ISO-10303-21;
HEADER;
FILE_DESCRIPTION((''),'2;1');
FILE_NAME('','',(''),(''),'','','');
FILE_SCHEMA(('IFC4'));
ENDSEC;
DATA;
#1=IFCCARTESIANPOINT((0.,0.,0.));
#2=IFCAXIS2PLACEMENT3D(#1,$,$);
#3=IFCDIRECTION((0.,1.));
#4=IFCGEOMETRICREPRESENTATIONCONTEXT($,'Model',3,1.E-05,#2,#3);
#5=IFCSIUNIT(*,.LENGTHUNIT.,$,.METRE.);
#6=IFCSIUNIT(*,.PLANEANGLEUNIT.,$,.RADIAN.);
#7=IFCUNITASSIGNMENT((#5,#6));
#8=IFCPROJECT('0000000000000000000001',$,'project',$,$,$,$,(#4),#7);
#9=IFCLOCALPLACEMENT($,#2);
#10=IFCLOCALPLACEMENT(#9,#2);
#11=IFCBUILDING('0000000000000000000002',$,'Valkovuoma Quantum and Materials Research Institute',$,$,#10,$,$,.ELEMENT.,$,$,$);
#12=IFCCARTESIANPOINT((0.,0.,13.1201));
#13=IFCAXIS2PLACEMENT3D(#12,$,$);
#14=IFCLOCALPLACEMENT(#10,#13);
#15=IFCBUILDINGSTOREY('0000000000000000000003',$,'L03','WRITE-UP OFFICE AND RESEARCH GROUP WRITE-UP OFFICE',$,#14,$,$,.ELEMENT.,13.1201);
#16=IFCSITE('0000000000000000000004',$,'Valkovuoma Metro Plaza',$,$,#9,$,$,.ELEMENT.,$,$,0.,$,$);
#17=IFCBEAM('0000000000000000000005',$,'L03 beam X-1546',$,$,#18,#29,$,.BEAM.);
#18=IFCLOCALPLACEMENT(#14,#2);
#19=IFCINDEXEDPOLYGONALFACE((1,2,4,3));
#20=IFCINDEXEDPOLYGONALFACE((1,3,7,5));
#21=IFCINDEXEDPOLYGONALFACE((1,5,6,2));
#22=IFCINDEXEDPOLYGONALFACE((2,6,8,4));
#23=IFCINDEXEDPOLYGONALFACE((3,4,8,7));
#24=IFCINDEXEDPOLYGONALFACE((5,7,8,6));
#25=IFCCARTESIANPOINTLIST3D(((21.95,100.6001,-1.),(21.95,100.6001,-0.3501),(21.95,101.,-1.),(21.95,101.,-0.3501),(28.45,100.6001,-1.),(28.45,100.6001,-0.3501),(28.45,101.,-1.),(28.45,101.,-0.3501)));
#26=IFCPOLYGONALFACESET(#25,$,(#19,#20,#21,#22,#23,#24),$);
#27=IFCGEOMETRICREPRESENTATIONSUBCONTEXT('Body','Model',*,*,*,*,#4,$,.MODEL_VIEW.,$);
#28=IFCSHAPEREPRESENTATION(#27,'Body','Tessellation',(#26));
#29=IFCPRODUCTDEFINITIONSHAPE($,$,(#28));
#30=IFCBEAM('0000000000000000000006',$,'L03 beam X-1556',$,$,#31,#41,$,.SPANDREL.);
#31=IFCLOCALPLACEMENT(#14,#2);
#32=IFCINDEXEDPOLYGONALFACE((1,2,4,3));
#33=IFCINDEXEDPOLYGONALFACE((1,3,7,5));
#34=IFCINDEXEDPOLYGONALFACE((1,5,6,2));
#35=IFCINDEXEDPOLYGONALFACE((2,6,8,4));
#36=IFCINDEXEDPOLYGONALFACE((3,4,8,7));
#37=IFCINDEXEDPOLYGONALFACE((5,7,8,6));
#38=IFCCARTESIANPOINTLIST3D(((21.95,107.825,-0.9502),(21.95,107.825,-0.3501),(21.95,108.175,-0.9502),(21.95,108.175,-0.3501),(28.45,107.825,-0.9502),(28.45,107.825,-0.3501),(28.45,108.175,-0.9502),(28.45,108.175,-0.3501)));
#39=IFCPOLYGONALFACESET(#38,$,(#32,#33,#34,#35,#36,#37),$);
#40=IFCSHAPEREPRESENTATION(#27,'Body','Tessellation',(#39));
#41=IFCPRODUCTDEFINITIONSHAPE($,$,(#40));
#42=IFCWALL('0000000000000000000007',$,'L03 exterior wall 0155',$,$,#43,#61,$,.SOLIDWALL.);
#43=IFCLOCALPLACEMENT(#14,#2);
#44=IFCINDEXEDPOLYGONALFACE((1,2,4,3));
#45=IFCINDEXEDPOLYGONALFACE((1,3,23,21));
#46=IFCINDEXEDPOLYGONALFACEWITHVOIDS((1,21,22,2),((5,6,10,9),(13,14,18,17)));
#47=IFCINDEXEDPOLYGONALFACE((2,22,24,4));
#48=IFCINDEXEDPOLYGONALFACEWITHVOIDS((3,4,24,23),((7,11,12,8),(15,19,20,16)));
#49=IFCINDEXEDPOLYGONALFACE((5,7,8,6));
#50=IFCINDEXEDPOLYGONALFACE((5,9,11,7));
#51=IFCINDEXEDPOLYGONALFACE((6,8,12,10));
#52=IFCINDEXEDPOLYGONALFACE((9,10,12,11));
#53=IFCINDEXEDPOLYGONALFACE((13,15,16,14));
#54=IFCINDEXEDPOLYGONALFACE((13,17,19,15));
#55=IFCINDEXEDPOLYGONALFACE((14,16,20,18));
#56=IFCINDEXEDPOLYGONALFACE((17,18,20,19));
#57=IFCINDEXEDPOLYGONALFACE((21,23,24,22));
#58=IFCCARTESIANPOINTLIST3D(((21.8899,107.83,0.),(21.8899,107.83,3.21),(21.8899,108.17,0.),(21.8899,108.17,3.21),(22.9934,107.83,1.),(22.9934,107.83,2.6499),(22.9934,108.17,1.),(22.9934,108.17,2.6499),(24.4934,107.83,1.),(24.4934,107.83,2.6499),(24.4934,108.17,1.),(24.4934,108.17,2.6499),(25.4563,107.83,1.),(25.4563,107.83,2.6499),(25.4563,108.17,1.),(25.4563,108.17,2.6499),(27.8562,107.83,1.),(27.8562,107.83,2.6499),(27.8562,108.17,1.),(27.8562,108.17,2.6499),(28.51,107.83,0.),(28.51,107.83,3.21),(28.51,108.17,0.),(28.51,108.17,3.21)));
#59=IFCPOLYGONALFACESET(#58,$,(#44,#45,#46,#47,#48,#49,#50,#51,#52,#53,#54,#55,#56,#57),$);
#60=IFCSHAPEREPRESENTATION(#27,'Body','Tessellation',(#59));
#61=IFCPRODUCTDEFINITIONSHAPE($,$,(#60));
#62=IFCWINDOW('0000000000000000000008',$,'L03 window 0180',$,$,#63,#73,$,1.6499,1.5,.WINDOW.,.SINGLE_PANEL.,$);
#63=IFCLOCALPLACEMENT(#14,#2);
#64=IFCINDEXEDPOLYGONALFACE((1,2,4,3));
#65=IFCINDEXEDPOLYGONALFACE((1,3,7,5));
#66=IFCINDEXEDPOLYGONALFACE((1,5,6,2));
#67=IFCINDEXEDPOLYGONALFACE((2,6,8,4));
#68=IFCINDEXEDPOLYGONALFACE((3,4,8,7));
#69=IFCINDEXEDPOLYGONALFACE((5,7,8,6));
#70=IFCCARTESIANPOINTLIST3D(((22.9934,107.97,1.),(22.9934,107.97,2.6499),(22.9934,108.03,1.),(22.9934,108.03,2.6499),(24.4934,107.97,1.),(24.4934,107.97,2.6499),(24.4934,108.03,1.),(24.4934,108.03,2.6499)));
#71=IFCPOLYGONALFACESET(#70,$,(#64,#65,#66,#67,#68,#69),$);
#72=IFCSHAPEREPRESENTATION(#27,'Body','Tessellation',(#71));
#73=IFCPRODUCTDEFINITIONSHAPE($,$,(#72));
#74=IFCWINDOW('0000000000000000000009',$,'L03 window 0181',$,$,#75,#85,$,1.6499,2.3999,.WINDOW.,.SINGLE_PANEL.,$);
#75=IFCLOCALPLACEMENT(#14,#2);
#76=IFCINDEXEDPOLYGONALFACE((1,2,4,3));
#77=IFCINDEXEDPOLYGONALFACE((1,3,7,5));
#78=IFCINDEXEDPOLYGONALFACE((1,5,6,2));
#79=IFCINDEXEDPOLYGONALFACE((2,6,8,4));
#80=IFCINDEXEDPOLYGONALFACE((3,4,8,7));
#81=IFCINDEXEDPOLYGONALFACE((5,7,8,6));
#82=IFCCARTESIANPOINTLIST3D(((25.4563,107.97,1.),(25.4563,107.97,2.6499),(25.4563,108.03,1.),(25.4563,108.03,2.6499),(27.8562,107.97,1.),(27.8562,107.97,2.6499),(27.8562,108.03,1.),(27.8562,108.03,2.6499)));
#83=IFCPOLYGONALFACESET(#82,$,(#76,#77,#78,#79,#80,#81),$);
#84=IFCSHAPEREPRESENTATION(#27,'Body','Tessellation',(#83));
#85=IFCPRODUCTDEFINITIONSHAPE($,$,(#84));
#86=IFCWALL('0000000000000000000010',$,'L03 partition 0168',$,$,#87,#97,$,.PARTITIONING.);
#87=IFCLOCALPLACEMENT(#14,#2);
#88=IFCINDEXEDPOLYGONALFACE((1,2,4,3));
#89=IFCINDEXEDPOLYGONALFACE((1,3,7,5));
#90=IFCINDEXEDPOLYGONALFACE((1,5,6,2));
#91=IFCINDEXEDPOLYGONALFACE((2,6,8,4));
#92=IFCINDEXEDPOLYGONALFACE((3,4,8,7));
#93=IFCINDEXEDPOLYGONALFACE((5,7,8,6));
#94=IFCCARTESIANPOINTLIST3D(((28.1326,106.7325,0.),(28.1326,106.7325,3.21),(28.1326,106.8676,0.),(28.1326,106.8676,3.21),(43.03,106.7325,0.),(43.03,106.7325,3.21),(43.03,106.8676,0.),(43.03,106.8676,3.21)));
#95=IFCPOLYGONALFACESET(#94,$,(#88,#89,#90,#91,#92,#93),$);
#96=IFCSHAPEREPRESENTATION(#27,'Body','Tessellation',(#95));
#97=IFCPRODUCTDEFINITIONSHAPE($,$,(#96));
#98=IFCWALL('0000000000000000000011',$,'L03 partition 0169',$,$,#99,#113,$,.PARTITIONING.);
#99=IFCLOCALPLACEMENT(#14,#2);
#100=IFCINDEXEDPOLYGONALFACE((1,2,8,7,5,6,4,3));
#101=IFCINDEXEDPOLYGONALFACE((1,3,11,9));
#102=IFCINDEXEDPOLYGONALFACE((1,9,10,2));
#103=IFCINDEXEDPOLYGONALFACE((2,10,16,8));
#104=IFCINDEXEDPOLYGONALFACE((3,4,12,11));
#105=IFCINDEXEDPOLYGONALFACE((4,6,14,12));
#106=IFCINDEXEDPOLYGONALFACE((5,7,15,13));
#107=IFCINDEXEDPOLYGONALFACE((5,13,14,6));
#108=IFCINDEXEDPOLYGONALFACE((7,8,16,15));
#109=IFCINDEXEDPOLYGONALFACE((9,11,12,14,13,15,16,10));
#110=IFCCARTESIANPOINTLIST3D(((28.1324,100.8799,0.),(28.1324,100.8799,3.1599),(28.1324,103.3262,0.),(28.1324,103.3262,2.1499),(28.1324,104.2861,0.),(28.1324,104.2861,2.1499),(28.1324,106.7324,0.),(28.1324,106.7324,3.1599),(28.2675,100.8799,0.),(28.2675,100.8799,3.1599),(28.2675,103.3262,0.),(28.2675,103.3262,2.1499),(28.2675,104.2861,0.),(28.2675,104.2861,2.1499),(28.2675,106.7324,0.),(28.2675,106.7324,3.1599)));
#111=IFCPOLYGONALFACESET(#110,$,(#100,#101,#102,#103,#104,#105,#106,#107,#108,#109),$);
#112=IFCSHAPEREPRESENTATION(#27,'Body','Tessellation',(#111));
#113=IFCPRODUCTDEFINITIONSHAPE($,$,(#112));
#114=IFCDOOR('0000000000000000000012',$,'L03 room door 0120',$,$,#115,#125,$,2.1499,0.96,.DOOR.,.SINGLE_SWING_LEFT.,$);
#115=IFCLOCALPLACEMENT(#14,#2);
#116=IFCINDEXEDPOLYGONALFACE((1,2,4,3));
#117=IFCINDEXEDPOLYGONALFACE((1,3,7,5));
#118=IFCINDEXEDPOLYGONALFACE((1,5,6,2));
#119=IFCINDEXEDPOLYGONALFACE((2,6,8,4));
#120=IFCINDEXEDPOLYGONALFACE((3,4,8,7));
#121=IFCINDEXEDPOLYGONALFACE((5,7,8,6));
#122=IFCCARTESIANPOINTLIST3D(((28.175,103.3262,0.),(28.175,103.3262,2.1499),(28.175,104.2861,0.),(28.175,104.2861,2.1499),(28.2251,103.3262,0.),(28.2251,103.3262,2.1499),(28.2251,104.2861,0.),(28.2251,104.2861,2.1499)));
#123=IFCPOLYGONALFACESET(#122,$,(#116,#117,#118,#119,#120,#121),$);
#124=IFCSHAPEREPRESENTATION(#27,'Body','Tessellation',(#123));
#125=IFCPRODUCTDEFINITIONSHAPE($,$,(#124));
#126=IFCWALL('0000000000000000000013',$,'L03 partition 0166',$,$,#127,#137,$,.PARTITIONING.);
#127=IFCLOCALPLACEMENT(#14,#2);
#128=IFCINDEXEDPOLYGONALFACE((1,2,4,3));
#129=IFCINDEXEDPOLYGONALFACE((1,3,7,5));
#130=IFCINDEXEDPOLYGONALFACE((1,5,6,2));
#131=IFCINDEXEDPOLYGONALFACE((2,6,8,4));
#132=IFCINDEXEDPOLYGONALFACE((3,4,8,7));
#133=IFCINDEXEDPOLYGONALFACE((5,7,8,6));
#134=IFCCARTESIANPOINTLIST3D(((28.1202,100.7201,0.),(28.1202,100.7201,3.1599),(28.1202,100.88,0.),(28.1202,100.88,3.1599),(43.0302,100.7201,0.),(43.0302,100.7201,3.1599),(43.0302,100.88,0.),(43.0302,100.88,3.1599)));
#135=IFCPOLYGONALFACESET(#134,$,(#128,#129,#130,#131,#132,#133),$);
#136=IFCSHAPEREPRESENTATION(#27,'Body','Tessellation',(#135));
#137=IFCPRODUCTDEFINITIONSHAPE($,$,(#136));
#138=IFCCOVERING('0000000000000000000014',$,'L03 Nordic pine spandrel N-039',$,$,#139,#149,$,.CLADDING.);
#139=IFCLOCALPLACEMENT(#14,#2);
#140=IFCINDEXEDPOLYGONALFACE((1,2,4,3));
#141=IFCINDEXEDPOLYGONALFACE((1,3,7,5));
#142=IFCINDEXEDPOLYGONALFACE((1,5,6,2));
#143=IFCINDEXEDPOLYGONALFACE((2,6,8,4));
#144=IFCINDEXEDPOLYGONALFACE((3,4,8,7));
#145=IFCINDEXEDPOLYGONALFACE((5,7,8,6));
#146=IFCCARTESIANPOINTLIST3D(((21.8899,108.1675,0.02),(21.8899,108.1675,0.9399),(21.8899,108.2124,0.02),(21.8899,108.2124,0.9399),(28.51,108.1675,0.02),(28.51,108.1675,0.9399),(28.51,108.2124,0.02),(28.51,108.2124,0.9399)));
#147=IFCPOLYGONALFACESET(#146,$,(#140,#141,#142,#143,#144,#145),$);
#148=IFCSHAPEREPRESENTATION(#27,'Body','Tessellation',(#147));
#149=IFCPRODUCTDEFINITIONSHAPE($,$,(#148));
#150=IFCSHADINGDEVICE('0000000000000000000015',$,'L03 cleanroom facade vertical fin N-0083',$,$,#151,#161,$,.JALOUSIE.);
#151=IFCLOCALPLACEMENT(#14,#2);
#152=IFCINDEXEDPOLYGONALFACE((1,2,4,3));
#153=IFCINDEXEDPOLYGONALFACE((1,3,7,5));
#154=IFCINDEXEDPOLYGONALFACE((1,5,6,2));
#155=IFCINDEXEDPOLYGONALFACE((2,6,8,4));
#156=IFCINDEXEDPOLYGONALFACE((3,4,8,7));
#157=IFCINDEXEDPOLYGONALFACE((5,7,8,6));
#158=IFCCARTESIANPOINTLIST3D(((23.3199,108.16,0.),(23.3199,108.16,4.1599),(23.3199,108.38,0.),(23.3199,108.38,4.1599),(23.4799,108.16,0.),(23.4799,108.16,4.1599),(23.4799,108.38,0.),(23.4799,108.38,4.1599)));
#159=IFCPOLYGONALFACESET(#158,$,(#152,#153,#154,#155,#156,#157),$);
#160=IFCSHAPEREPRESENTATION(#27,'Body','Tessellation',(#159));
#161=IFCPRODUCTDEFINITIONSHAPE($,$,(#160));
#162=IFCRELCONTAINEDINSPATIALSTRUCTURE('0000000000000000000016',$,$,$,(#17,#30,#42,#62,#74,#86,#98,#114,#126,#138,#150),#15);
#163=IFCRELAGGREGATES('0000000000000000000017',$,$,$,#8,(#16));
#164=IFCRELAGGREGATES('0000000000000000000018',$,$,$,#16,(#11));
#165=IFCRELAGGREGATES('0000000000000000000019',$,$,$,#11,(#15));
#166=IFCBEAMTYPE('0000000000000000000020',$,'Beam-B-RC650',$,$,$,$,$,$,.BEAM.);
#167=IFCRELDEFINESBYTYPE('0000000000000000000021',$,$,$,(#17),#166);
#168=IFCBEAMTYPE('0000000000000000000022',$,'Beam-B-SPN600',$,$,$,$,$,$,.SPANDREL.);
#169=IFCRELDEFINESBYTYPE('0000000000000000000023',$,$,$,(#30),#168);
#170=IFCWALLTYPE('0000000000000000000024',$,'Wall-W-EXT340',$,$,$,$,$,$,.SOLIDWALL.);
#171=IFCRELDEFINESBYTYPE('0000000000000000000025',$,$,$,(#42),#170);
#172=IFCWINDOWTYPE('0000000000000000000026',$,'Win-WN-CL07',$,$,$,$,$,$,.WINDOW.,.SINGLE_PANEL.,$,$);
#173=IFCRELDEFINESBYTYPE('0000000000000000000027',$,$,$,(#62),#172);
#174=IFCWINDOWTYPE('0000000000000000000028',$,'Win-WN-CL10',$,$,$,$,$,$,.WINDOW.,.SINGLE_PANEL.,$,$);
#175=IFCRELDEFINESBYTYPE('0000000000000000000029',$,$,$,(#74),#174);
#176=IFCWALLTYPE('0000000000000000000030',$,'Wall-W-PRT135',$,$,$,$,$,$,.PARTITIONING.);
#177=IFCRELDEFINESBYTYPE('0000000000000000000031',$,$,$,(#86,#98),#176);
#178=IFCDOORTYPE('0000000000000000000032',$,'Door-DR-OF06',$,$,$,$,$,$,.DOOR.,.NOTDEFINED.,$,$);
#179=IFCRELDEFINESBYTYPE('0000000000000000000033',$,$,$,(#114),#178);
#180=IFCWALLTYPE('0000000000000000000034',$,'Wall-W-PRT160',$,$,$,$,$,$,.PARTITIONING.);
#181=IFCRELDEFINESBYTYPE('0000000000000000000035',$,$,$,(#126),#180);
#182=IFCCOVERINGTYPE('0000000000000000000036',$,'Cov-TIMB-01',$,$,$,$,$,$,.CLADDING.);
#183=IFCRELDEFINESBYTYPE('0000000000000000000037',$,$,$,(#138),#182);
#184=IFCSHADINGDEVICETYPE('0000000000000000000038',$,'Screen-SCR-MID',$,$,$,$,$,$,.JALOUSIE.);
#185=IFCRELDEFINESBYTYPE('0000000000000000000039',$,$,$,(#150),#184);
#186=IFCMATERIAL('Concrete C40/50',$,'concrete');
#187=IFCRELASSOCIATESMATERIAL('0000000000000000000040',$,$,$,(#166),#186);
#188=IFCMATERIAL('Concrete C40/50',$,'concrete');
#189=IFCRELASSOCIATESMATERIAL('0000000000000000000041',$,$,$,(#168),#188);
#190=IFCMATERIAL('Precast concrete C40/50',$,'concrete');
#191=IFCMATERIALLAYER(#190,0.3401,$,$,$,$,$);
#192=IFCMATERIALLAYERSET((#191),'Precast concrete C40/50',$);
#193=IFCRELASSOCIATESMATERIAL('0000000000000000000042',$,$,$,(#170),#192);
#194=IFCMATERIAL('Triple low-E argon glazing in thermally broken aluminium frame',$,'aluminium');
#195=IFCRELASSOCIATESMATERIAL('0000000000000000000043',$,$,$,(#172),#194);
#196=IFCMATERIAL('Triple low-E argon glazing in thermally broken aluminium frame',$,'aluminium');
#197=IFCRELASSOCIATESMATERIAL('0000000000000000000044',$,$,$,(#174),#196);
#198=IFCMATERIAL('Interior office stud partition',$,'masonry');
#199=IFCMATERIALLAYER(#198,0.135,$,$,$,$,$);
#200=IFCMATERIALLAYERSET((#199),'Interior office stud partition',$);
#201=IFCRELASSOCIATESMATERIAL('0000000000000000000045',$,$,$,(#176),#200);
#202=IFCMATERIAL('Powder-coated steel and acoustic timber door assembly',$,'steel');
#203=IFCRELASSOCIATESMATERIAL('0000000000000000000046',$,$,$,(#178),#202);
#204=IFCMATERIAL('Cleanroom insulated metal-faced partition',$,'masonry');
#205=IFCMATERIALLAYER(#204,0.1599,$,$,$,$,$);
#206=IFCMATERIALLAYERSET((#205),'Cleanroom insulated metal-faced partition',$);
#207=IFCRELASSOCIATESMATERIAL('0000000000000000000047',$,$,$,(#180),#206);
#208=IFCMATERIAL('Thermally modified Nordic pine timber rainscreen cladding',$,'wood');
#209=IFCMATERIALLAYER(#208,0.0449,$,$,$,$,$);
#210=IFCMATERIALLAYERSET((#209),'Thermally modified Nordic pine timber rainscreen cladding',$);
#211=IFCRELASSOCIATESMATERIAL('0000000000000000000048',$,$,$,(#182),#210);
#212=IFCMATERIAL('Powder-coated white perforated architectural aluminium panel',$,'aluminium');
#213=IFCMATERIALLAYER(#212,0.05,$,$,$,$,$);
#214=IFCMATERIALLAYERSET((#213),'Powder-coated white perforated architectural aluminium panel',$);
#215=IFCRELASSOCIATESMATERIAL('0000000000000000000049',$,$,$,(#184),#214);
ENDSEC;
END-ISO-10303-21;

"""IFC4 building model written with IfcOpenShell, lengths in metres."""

from ifc_helpers import new_model, si_unit, direction, frame, frame_2d, origin, origin_2d, place, context, subcontext, project, spatial, rectangle, extrude, material, layer, layer_set, material_profile, profile_set, type_object, element, fill, save


model = new_model("IFC4")

# Units and contexts
model_context = context("Model", 3, precision=1e-05, world=origin(), true_north=direction((0.0, 1.0)))
body_context = subcontext(model_context, "Body", "Model", "MODEL_VIEW")
ifc_project = project(units=[si_unit("LENGTHUNIT", "METRE"), si_unit("PLANEANGLEUNIT", "RADIAN")], contexts=[model_context])

# Site, building, storey
site_placement = place(None, origin())
site = spatial("IfcSite", under=ifc_project, at=site_placement, Name="Valkovuoma Metro Plaza", CompositionType="ELEMENT", RefElevation=0.0)
building_placement = place(site_placement, origin())
building = spatial("IfcBuilding", under=site, at=building_placement, Name="Valkovuoma Quantum and Materials Research Institute", CompositionType="ELEMENT")
storey_placement = place(building_placement, frame((0.0, 0.0, 13.1201)))
storey = spatial("IfcBuildingStorey", under=building, at=storey_placement, Name="L03", Description="WRITE-UP OFFICE AND RESEARCH GROUP WRITE-UP OFFICE", CompositionType="ELEMENT", Elevation=13.1201)

# Beams
ifc_material_1 = material(Name="Concrete C40/50", Category="concrete")
ifc_material_profile_1 = material_profile(ifc_material_1, rectangle(XDim=0.3999, YDim=0.6499, at=origin_2d()), Name="Concrete C40/50")
ifc_profile_set_1 = profile_set([ifc_material_profile_1], Name="Concrete C40/50")
beam_type_1 = type_object("IfcBeamType", Name="Beam-B-RC650", PredefinedType="BEAM", material=ifc_profile_set_1)
beam_1_placement = place(storey_placement, frame((21.95, 100.8, -0.675), z_axis=(1.0, 0.0, 0.0), x_axis=(0.0, 1.0, 0.0)))
element("IfcBeam", 1, at=beam_1_placement, inside=storey, type_object=beam_type_1, Name="L03 beam X-1546", PredefinedType="BEAM", context=body_context, shape_type="SweptSolid", body=[
    extrude(rectangle(XDim=0.3999, YDim=0.6499, at=origin_2d()), origin(), (0.0, 0.0, 1.0), 6.5),
])
ifc_material_2 = material(Name="Concrete C40/50", Category="concrete")
ifc_material_profile_2 = material_profile(ifc_material_2, rectangle(XDim=0.3501, YDim=0.6001, at=origin_2d()), Name="Concrete C40/50")
ifc_profile_set_2 = profile_set([ifc_material_profile_2], Name="Concrete C40/50")
beam_type_2 = type_object("IfcBeamType", Name="Beam-B-SPN600", PredefinedType="SPANDREL", material=ifc_profile_set_2)
beam_2_placement = place(storey_placement, frame((21.95, 108.0, -0.6501), z_axis=(1.0, 0.0, 0.0), x_axis=(0.0, 1.0, 0.0)))
element("IfcBeam", 2, at=beam_2_placement, inside=storey, type_object=beam_type_2, Name="L03 beam X-1556", PredefinedType="SPANDREL", context=body_context, shape_type="SweptSolid", body=[
    extrude(rectangle(XDim=0.3501, YDim=0.6001, at=origin_2d()), origin(), (0.0, 0.0, 1.0), 6.5),
])

# Wall, openings, windows
ifc_material_3 = material(Name="Precast concrete C40/50", Category="concrete")
ifc_layer_1 = layer(ifc_material_3, 0.3401)
ifc_layer_set_1 = layer_set([ifc_layer_1], Name="Precast concrete C40/50")
wall_type_1 = type_object("IfcWallType", Name="Wall-W-EXT340", PredefinedType="SOLIDWALL", material=ifc_layer_set_1)
wall_1_placement = place(storey_placement, frame((21.8899, 108.0, 0.0), z_axis=(0.0, 0.0, 1.0), x_axis=(1.0, 0.0, 0.0)))
wall_1 = element("IfcWall", 3, at=wall_1_placement, inside=storey, type_object=wall_type_1, Name="L03 exterior wall 0155", PredefinedType="SOLIDWALL", context=body_context, shape_type="SweptSolid", body=[
    extrude(rectangle(XDim=6.6201, YDim=0.3401, at=frame_2d((3.3101, 0.0))), origin(), (0.0, 0.0, 1.0), 3.21),
])
opening_1_placement = place(wall_1_placement, frame((1.1035, 0.0, 1.0)))
opening_1 = element("IfcOpeningElement", 4, at=opening_1_placement, cuts=wall_1, PredefinedType="OPENING", context=body_context, shape_type="SweptSolid", body=[
    extrude(rectangle(XDim=1.5, YDim=1.6499, at=frame_2d((0.75, 0.825))), frame((0.0, 0.1802, 0.0), z_axis=(0.0, -1.0, 0.0), x_axis=(1.0, 0.0, 0.0)), (0.0, 0.0, 1.0), 0.3601),
])
opening_2_placement = place(wall_1_placement, frame((3.5664, 0.0, 1.0)))
opening_2 = element("IfcOpeningElement", 5, at=opening_2_placement, cuts=wall_1, PredefinedType="OPENING", context=body_context, shape_type="SweptSolid", body=[
    extrude(rectangle(XDim=2.3999, YDim=1.6499, at=frame_2d((1.2, 0.825))), frame((0.0, 0.1802, 0.0), z_axis=(0.0, -1.0, 0.0), x_axis=(1.0, 0.0, 0.0)), (0.0, 0.0, 1.0), 0.3601),
])
ifc_material_4 = material(Name="Triple low-E argon glazing in thermally broken aluminium frame", Category="aluminium")
window_type_1 = type_object("IfcWindowType", Name="Win-WN-CL07", PartitioningType="SINGLE_PANEL", PredefinedType="WINDOW", material=ifc_material_4)
window_1_placement = place(opening_1_placement, origin())
window_1 = element("IfcWindow", 6, at=window_1_placement, inside=storey, type_object=window_type_1, Name="L03 window 0180", OverallHeight=1.6499, OverallWidth=1.5, PartitioningType="SINGLE_PANEL", PredefinedType="WINDOW", context=body_context, shape_type="SweptSolid", body=[
    extrude(rectangle(XDim=1.5, YDim=1.6499, at=frame_2d((0.75, 0.825))), frame((0.0, 0.03, 0.0), z_axis=(0.0, -1.0, 0.0), x_axis=(1.0, 0.0, 0.0)), (0.0, 0.0, 1.0), 0.0601),
])
fill(opening_1, window_1)
ifc_material_5 = material(Name="Triple low-E argon glazing in thermally broken aluminium frame", Category="aluminium")
window_type_2 = type_object("IfcWindowType", Name="Win-WN-CL10", PartitioningType="SINGLE_PANEL", PredefinedType="WINDOW", material=ifc_material_5)
window_2_placement = place(opening_2_placement, origin())
window_2 = element("IfcWindow", 7, at=window_2_placement, inside=storey, type_object=window_type_2, Name="L03 window 0181", OverallHeight=1.6499, OverallWidth=2.3999, PartitioningType="SINGLE_PANEL", PredefinedType="WINDOW", context=body_context, shape_type="SweptSolid", body=[
    extrude(rectangle(XDim=2.3999, YDim=1.6499, at=frame_2d((1.2, 0.825))), frame((0.0, 0.03, 0.0), z_axis=(0.0, -1.0, 0.0), x_axis=(1.0, 0.0, 0.0)), (0.0, 0.0, 1.0), 0.0601),
])
fill(opening_2, window_2)

# Wall
ifc_material_6 = material(Name="Interior office stud partition", Category="masonry")
ifc_layer_2 = layer(ifc_material_6, 0.135)
ifc_layer_set_2 = layer_set([ifc_layer_2], Name="Interior office stud partition")
wall_type_2 = type_object("IfcWallType", Name="Wall-W-PRT135", PredefinedType="PARTITIONING", material=ifc_layer_set_2)
wall_2_placement = place(storey_placement, frame((28.1326, 106.8, 0.0), z_axis=(0.0, 0.0, 1.0), x_axis=(1.0, 0.0, 0.0)))
element("IfcWall", 8, at=wall_2_placement, inside=storey, type_object=wall_type_2, Name="L03 partition 0168", PredefinedType="PARTITIONING", context=body_context, shape_type="SweptSolid", body=[
    extrude(rectangle(XDim=14.8975, YDim=0.135, at=frame_2d((7.4487, 0.0))), origin(), (0.0, 0.0, 1.0), 3.21),
])

# Wall, opening, door
wall_3_placement = place(storey_placement, frame((28.2, 100.8799, 0.0), z_axis=(0.0, 0.0, 1.0), x_axis=(0.0, 1.0, 0.0)))
wall_3 = element("IfcWall", 9, at=wall_3_placement, inside=storey, type_object=wall_type_2, Name="L03 partition 0169", PredefinedType="PARTITIONING", context=body_context, shape_type="SweptSolid", body=[
    extrude(rectangle(XDim=5.8525, YDim=0.135, at=frame_2d((2.9263, 0.0))), origin(), (0.0, 0.0, 1.0), 3.1599),
])
opening_3_placement = place(wall_3_placement, frame((2.4463, 0.0, 0.0)))
opening_3 = element("IfcOpeningElement", 10, at=opening_3_placement, cuts=wall_3, PredefinedType="OPENING", context=body_context, shape_type="SweptSolid", body=[
    extrude(rectangle(XDim=0.96, YDim=2.1499, at=frame_2d((0.48, 1.075))), frame((0.0, 0.0776, 0.0), z_axis=(0.0, -1.0, 0.0), x_axis=(1.0, 0.0, 0.0)), (0.0, 0.0, 1.0), 0.155),
])
ifc_material_7 = material(Name="Powder-coated steel and acoustic timber door assembly", Category="steel")
door_type = type_object("IfcDoorType", Name="Door-DR-OF06", OperationType="NOTDEFINED", PredefinedType="DOOR", material=ifc_material_7)
door_placement = place(opening_3_placement, origin())
door = element("IfcDoor", 11, at=door_placement, inside=storey, type_object=door_type, Name="L03 room door 0120", OperationType="SINGLE_SWING_LEFT", OverallHeight=2.1499, OverallWidth=0.96, PredefinedType="DOOR", context=body_context, shape_type="SweptSolid", body=[
    extrude(rectangle(XDim=0.96, YDim=2.1499, at=frame_2d((0.48, 1.075))), frame((0.0, 0.0249, 0.0), z_axis=(0.0, -1.0, 0.0), x_axis=(1.0, 0.0, 0.0)), (0.0, 0.0, 1.0), 0.05),
])
fill(opening_3, door)

# Wall
ifc_material_8 = material(Name="Cleanroom insulated metal-faced partition", Category="masonry")
ifc_layer_3 = layer(ifc_material_8, 0.1599)
ifc_layer_set_3 = layer_set([ifc_layer_3], Name="Cleanroom insulated metal-faced partition")
wall_type_3 = type_object("IfcWallType", Name="Wall-W-PRT160", PredefinedType="PARTITIONING", material=ifc_layer_set_3)
wall_4_placement = place(storey_placement, frame((28.1201, 100.8, 0.0), z_axis=(0.0, 0.0, 1.0), x_axis=(1.0, 0.0, 0.0)))
element("IfcWall", 12, at=wall_4_placement, inside=storey, type_object=wall_type_3, Name="L03 partition 0166", PredefinedType="PARTITIONING", context=body_context, shape_type="SweptSolid", body=[
    extrude(rectangle(XDim=14.9099, YDim=0.1599, at=frame_2d((7.4551, 0.0))), origin(), (0.0, 0.0, 1.0), 3.1599),
])

# Covering
ifc_material_9 = material(Name="Thermally modified Nordic pine timber rainscreen cladding", Category="wood")
ifc_layer_4 = layer(ifc_material_9, 0.0449)
ifc_layer_set_4 = layer_set([ifc_layer_4], Name="Thermally modified Nordic pine timber rainscreen cladding")
covering_type = type_object("IfcCoveringType", Name="Cov-TIMB-01", PredefinedType="CLADDING", material=ifc_layer_set_4)
covering_placement = place(storey_placement, frame((25.2, 108.1899, 0.02), z_axis=(0.0, 0.0, 1.0), x_axis=(1.0, 0.0, 0.0)))
element("IfcCovering", 13, at=covering_placement, inside=storey, type_object=covering_type, Name="L03 Nordic pine spandrel N-039", PredefinedType="CLADDING", context=body_context, shape_type="SweptSolid", body=[
    extrude(rectangle(XDim=6.6201, YDim=0.0449, at=origin_2d()), origin(), (0.0, 0.0, 1.0), 0.9199),
])

# Shading device
ifc_material_10 = material(Name="Powder-coated white perforated architectural aluminium panel", Category="aluminium")
ifc_layer_5 = layer(ifc_material_10, 0.05)
ifc_layer_set_5 = layer_set([ifc_layer_5], Name="Powder-coated white perforated architectural aluminium panel")
shading_device_type = type_object("IfcShadingDeviceType", Name="Screen-SCR-MID", PredefinedType="JALOUSIE", material=ifc_layer_set_5)
for number, where, z_axis, x_axis, name in (
    (14, (23.3999, 108.27, 0.0), (0.0, 0.0, 1.0), (1.0, 0.0, 0.0), "L03 cleanroom facade vertical fin N-0083"),
):
    element("IfcShadingDevice", number, at=place(storey_placement, frame(where, z_axis=z_axis, x_axis=x_axis)), inside=storey, type_object=shading_device_type, Name=name, PredefinedType="JALOUSIE", context=body_context, shape_type="SweptSolid", body=[
        extrude(rectangle(XDim=0.1599, YDim=0.22, at=origin_2d()), origin(), (0.0, 0.0, 1.0), 4.1599),
    ])

save(model, "model.ifc")
